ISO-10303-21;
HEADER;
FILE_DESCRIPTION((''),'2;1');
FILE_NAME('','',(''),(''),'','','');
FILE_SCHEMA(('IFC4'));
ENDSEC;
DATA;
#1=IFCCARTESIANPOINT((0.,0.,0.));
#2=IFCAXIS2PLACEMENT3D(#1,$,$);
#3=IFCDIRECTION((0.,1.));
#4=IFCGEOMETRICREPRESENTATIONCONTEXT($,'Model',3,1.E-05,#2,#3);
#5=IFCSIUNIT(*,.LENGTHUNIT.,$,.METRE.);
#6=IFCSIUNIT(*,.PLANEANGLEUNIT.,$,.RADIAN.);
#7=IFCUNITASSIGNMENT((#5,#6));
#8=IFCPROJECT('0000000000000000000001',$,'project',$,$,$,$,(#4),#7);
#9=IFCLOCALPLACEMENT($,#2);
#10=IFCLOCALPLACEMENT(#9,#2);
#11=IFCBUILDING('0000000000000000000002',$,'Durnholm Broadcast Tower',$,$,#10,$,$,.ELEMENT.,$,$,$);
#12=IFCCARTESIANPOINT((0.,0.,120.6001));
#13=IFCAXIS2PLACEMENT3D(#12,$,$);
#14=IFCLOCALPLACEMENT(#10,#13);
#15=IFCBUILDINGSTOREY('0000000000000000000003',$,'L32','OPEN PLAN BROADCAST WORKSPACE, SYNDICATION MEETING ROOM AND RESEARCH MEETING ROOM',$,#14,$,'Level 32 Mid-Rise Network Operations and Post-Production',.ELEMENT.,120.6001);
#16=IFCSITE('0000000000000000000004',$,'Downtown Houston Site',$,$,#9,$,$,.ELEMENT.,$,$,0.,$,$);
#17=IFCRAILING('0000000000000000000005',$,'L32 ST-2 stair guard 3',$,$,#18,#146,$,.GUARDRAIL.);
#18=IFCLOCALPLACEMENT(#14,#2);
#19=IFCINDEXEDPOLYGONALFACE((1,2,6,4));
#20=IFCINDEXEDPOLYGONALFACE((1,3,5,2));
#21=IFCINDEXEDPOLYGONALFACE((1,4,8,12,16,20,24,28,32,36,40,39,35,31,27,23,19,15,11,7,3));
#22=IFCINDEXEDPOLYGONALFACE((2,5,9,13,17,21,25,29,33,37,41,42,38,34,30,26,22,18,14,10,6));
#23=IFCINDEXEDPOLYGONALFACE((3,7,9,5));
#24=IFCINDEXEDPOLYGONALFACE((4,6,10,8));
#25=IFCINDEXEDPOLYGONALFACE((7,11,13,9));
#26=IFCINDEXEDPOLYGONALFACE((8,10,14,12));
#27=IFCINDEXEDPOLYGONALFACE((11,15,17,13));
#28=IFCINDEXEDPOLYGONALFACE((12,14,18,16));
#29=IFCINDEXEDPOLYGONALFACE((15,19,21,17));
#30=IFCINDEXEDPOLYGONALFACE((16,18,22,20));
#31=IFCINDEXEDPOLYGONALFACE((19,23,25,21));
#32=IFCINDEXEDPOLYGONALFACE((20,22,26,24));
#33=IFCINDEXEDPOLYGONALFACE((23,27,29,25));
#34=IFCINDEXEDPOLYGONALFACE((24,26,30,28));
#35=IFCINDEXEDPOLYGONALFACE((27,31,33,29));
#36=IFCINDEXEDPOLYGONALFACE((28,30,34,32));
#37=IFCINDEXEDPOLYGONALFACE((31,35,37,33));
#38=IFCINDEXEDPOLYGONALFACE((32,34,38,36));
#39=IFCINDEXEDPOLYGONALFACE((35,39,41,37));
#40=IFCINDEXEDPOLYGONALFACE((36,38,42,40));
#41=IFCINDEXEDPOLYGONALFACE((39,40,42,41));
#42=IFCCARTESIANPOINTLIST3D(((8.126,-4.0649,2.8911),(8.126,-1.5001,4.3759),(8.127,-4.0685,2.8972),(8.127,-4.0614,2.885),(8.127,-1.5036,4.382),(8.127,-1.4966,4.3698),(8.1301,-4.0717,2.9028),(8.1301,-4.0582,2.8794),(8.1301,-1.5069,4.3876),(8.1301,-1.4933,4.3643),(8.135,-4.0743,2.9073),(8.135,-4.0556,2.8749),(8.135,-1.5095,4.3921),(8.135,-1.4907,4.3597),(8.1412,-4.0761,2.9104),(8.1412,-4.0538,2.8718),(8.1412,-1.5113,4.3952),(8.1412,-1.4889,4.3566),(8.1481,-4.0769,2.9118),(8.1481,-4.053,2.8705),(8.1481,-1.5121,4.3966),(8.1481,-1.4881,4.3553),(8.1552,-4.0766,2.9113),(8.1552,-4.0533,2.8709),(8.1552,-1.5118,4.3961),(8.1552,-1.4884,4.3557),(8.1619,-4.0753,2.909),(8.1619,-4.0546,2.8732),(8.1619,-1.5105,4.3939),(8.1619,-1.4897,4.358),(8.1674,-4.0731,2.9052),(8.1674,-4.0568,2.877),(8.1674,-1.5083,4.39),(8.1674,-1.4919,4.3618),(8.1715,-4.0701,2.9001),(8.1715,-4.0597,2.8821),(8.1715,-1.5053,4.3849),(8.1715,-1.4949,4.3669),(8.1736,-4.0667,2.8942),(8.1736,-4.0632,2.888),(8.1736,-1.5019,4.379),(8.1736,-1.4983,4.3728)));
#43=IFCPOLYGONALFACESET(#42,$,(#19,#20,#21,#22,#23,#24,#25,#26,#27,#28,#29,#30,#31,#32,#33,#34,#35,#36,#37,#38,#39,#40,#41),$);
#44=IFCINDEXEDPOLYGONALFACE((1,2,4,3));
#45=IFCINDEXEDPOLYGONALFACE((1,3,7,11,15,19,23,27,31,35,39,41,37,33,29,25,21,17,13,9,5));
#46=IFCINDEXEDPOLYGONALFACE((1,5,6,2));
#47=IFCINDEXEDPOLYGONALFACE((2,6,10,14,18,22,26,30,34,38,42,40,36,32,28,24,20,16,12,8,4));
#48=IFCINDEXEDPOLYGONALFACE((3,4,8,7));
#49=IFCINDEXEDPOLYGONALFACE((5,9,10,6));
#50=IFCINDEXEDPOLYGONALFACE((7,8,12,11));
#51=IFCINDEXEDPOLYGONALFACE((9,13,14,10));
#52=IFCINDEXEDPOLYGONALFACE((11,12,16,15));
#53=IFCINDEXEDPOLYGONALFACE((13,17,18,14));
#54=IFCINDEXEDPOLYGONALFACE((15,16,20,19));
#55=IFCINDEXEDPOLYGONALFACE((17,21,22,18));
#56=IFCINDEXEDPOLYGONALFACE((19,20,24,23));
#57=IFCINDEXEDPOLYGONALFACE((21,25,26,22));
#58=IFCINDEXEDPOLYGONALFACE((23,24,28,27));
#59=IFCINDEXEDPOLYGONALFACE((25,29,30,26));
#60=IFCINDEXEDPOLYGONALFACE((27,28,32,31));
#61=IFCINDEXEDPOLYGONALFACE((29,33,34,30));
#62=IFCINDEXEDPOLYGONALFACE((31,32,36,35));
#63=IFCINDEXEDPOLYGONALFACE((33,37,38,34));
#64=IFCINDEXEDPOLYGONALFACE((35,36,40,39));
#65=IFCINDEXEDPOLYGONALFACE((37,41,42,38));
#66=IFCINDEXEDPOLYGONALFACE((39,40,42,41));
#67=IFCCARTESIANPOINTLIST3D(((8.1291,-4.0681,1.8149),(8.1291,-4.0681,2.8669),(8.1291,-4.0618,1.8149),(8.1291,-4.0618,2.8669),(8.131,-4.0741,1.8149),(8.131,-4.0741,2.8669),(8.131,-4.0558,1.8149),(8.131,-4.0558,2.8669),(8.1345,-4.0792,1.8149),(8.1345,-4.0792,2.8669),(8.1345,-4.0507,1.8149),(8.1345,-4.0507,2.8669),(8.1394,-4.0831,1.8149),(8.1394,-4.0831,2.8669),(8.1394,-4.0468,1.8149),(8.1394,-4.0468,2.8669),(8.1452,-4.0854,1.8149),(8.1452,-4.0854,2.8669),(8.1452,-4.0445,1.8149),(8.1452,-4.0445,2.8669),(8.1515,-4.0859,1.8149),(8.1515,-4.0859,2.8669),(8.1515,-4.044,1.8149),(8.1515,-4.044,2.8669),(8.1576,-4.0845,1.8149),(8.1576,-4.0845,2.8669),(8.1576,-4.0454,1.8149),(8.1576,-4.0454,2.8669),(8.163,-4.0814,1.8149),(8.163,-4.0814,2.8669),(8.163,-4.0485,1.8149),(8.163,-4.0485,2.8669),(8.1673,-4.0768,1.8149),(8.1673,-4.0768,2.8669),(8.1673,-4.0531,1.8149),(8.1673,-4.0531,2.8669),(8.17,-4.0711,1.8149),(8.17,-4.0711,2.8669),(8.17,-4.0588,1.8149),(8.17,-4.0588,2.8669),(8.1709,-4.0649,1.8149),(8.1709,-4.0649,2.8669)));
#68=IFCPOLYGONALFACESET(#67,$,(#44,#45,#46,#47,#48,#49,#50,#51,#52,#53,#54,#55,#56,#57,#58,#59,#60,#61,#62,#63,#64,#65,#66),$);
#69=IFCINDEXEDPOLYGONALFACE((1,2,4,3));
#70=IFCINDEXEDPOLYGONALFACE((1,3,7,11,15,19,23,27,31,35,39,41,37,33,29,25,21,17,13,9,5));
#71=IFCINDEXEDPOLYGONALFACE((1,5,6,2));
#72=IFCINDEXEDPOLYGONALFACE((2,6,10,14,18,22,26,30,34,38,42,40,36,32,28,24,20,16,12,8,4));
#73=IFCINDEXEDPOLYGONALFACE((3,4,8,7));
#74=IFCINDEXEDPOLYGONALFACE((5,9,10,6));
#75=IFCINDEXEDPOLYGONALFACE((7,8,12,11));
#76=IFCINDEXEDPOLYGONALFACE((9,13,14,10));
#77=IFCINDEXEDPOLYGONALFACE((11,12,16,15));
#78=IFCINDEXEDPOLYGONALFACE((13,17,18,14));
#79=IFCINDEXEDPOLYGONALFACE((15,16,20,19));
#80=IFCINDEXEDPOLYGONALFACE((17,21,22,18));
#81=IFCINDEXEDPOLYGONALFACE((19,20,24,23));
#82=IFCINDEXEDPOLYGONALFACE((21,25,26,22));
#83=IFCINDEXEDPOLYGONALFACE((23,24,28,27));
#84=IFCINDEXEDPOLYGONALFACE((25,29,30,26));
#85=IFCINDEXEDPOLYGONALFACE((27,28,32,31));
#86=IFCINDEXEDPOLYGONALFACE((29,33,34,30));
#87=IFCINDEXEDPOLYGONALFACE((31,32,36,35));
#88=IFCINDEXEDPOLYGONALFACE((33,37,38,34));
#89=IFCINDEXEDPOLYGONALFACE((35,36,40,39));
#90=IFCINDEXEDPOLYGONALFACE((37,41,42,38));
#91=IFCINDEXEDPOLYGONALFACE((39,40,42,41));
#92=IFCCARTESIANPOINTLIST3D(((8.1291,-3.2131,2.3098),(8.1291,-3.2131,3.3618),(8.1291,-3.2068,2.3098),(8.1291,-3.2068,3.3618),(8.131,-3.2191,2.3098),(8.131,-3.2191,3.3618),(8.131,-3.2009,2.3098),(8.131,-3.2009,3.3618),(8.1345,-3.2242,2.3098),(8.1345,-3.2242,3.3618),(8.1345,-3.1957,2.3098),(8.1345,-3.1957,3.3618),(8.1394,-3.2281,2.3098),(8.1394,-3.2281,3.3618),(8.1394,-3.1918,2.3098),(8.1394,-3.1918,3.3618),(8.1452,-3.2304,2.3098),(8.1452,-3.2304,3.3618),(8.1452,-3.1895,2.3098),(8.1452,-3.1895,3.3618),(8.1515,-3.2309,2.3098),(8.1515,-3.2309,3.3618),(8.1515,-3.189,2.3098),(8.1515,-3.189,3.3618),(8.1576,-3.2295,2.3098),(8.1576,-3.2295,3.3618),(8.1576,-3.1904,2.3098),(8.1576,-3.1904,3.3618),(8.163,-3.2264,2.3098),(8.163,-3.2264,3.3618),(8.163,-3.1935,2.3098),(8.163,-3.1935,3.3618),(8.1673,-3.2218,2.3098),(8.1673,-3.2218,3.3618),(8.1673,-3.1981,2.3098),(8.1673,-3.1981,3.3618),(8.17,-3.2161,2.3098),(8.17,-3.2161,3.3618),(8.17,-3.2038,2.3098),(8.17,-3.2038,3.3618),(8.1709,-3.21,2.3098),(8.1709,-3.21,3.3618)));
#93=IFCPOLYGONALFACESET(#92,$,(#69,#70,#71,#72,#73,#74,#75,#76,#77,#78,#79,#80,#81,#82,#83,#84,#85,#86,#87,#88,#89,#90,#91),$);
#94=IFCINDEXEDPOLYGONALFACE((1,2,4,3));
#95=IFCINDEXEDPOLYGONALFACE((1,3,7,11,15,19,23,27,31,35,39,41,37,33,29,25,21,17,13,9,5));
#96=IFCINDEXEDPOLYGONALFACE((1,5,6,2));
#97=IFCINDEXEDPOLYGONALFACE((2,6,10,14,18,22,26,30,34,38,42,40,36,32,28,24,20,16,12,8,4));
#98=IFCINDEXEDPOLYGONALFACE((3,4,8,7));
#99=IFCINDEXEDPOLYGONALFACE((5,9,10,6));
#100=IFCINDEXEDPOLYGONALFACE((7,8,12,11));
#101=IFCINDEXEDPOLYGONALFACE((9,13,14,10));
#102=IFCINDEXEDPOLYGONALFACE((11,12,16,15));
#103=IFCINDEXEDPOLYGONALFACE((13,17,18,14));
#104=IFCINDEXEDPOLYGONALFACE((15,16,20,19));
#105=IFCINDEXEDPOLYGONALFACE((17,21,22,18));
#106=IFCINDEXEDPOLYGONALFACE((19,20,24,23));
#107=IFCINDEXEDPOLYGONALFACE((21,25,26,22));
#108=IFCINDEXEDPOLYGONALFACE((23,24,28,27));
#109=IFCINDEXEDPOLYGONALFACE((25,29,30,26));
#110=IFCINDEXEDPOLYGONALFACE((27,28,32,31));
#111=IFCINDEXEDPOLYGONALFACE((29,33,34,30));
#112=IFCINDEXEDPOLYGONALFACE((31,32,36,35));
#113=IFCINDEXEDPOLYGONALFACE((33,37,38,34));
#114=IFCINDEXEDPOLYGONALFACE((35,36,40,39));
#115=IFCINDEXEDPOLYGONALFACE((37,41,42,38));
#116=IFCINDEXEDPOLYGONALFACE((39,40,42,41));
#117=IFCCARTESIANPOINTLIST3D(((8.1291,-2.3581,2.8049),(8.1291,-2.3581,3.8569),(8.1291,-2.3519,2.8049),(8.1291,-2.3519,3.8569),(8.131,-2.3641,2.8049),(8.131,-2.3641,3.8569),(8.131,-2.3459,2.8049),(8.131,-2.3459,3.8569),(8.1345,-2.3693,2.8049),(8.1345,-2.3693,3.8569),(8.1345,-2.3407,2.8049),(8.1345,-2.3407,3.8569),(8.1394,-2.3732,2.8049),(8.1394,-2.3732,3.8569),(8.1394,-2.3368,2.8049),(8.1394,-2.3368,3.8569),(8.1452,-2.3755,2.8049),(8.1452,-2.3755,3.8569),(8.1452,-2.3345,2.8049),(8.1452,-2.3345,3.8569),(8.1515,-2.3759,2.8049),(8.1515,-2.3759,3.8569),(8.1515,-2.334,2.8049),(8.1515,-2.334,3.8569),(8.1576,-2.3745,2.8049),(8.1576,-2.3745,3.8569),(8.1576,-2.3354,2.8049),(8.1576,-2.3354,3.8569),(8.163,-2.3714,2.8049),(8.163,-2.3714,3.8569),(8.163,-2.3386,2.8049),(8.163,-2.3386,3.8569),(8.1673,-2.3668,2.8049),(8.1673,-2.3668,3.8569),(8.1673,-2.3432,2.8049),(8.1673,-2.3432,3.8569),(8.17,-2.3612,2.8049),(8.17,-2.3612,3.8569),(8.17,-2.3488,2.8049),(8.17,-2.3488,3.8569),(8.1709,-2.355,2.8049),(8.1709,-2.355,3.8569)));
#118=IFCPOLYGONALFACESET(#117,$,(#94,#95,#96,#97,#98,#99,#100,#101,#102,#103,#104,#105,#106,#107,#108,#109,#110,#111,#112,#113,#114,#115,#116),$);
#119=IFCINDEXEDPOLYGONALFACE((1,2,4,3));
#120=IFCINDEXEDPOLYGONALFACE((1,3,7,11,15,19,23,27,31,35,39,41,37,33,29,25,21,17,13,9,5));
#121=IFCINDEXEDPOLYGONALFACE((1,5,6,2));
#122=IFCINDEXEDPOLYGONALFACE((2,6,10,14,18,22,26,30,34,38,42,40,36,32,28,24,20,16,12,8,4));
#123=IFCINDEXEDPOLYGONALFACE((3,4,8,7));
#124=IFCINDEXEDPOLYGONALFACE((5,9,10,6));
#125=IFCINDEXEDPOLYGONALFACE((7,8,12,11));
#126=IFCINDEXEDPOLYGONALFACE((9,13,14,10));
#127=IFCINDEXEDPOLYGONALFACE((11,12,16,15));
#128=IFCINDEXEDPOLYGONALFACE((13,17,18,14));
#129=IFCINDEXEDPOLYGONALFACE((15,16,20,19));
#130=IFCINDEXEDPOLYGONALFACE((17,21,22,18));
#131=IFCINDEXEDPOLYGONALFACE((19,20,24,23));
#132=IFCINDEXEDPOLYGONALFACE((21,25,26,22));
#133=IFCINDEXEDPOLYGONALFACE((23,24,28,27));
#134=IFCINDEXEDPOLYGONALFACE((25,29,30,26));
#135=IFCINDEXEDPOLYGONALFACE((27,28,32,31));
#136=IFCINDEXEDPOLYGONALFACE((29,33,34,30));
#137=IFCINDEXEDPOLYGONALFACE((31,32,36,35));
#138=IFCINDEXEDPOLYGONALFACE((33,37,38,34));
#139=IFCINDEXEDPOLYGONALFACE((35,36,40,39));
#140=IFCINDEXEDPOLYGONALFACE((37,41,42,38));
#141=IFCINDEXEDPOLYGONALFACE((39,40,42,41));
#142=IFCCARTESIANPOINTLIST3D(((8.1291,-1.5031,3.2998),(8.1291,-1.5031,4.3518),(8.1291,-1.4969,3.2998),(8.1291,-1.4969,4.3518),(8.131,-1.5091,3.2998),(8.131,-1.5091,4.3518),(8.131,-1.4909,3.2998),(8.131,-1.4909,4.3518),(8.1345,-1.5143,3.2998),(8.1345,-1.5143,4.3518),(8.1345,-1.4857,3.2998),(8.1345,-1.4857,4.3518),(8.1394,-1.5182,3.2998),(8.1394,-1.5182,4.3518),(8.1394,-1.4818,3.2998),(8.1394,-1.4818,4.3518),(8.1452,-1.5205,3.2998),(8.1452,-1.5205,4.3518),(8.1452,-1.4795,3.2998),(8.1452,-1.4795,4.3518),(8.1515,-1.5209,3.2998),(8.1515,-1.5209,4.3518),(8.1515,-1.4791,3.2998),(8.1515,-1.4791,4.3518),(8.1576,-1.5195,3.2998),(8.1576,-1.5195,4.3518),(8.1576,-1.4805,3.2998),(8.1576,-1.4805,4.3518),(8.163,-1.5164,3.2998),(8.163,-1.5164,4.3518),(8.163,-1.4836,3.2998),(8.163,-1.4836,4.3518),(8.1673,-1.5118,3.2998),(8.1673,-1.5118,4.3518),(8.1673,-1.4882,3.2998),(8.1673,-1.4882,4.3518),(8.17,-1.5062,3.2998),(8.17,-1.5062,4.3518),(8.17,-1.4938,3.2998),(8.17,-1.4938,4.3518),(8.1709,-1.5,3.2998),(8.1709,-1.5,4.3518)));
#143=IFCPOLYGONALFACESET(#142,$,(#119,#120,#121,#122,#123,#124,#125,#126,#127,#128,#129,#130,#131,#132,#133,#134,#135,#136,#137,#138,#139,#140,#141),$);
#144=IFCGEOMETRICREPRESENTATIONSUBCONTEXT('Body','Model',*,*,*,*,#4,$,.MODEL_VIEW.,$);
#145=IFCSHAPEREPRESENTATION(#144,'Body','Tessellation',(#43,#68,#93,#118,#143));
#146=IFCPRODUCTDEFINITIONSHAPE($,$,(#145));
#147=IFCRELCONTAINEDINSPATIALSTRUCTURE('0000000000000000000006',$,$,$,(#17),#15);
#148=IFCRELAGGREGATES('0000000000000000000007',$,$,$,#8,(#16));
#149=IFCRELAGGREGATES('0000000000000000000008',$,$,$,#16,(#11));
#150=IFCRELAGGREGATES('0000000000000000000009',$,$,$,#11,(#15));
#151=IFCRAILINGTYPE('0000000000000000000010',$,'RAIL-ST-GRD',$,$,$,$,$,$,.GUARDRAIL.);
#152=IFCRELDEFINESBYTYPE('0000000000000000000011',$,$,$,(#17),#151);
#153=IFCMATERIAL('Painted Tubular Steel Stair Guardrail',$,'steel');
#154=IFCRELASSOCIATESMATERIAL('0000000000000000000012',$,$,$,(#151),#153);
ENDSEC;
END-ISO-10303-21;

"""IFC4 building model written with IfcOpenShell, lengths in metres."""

from ifc_helpers import new_model, si_unit, direction, frame, origin, origin_2d, place, context, subcontext, project, spatial, circle, extrude, material, type_object, element, save


model = new_model("IFC4")

# Units and contexts
model_context = context("Model", 3, precision=1e-05, world=origin(), true_north=direction((0.0, 1.0)))
body_context = subcontext(model_context, "Body", "Model", "MODEL_VIEW")
ifc_project = project(units=[si_unit("LENGTHUNIT", "METRE"), si_unit("PLANEANGLEUNIT", "RADIAN")], contexts=[model_context])

# Site, building, storey
site_placement = place(None, origin())
site = spatial("IfcSite", under=ifc_project, at=site_placement, Name="Downtown Houston Site", CompositionType="ELEMENT", RefElevation=0.0)
building_placement = place(site_placement, origin())
building = spatial("IfcBuilding", under=site, at=building_placement, Name="Durnholm Broadcast Tower", CompositionType="ELEMENT")
storey_placement = place(building_placement, frame((0.0, 0.0, 120.6001)))
storey = spatial("IfcBuildingStorey", under=building, at=storey_placement, Name="L32", Description="OPEN PLAN BROADCAST WORKSPACE, SYNDICATION MEETING ROOM AND RESEARCH MEETING ROOM", LongName="Level 32 Mid-Rise Network Operations and Post-Production", CompositionType="ELEMENT", Elevation=120.6001)

# Railing
ifc_material_1 = material(Name="Painted Tubular Steel Stair Guardrail", Category="steel")
railing_type_1 = type_object("IfcRailingType", Name="RAIL-ST-GRD", PredefinedType="GUARDRAIL", material=ifc_material_1)
railing_1_placement = place(storey_placement, frame((8.1499, -4.0649, 1.8149)))
element("IfcRailing", 1, at=railing_1_placement, inside=storey, type_object=railing_type_1, Name="L32 ST-2 stair guard 3", PredefinedType="GUARDRAIL", context=body_context, shape_type="SweptSolid", body=[
    extrude(circle(Radius=0.0239, at=origin_2d()), frame((0.0, 0.0, 1.0762), z_axis=(0.0, 0.865441, 0.50101), x_axis=(-1.0, 0.0, 0.0)), (0.0, 0.0, 1.0), 2.9636),
    extrude(circle(Radius=0.021, at=origin_2d()), origin(), (0.0, 0.0, 1.0), 1.052),
    extrude(circle(Radius=0.021, at=origin_2d()), frame((0.0, 0.855, 0.4949)), (0.0, 0.0, 1.0), 1.052),
    extrude(circle(Radius=0.021, at=origin_2d()), frame((0.0, 1.71, 0.99)), (0.0, 0.0, 1.0), 1.052),
    extrude(circle(Radius=0.021, at=origin_2d()), frame((0.0, 2.5649, 1.4849)), (0.0, 0.0, 1.0), 1.052),
])

save(model, "model.ifc")
